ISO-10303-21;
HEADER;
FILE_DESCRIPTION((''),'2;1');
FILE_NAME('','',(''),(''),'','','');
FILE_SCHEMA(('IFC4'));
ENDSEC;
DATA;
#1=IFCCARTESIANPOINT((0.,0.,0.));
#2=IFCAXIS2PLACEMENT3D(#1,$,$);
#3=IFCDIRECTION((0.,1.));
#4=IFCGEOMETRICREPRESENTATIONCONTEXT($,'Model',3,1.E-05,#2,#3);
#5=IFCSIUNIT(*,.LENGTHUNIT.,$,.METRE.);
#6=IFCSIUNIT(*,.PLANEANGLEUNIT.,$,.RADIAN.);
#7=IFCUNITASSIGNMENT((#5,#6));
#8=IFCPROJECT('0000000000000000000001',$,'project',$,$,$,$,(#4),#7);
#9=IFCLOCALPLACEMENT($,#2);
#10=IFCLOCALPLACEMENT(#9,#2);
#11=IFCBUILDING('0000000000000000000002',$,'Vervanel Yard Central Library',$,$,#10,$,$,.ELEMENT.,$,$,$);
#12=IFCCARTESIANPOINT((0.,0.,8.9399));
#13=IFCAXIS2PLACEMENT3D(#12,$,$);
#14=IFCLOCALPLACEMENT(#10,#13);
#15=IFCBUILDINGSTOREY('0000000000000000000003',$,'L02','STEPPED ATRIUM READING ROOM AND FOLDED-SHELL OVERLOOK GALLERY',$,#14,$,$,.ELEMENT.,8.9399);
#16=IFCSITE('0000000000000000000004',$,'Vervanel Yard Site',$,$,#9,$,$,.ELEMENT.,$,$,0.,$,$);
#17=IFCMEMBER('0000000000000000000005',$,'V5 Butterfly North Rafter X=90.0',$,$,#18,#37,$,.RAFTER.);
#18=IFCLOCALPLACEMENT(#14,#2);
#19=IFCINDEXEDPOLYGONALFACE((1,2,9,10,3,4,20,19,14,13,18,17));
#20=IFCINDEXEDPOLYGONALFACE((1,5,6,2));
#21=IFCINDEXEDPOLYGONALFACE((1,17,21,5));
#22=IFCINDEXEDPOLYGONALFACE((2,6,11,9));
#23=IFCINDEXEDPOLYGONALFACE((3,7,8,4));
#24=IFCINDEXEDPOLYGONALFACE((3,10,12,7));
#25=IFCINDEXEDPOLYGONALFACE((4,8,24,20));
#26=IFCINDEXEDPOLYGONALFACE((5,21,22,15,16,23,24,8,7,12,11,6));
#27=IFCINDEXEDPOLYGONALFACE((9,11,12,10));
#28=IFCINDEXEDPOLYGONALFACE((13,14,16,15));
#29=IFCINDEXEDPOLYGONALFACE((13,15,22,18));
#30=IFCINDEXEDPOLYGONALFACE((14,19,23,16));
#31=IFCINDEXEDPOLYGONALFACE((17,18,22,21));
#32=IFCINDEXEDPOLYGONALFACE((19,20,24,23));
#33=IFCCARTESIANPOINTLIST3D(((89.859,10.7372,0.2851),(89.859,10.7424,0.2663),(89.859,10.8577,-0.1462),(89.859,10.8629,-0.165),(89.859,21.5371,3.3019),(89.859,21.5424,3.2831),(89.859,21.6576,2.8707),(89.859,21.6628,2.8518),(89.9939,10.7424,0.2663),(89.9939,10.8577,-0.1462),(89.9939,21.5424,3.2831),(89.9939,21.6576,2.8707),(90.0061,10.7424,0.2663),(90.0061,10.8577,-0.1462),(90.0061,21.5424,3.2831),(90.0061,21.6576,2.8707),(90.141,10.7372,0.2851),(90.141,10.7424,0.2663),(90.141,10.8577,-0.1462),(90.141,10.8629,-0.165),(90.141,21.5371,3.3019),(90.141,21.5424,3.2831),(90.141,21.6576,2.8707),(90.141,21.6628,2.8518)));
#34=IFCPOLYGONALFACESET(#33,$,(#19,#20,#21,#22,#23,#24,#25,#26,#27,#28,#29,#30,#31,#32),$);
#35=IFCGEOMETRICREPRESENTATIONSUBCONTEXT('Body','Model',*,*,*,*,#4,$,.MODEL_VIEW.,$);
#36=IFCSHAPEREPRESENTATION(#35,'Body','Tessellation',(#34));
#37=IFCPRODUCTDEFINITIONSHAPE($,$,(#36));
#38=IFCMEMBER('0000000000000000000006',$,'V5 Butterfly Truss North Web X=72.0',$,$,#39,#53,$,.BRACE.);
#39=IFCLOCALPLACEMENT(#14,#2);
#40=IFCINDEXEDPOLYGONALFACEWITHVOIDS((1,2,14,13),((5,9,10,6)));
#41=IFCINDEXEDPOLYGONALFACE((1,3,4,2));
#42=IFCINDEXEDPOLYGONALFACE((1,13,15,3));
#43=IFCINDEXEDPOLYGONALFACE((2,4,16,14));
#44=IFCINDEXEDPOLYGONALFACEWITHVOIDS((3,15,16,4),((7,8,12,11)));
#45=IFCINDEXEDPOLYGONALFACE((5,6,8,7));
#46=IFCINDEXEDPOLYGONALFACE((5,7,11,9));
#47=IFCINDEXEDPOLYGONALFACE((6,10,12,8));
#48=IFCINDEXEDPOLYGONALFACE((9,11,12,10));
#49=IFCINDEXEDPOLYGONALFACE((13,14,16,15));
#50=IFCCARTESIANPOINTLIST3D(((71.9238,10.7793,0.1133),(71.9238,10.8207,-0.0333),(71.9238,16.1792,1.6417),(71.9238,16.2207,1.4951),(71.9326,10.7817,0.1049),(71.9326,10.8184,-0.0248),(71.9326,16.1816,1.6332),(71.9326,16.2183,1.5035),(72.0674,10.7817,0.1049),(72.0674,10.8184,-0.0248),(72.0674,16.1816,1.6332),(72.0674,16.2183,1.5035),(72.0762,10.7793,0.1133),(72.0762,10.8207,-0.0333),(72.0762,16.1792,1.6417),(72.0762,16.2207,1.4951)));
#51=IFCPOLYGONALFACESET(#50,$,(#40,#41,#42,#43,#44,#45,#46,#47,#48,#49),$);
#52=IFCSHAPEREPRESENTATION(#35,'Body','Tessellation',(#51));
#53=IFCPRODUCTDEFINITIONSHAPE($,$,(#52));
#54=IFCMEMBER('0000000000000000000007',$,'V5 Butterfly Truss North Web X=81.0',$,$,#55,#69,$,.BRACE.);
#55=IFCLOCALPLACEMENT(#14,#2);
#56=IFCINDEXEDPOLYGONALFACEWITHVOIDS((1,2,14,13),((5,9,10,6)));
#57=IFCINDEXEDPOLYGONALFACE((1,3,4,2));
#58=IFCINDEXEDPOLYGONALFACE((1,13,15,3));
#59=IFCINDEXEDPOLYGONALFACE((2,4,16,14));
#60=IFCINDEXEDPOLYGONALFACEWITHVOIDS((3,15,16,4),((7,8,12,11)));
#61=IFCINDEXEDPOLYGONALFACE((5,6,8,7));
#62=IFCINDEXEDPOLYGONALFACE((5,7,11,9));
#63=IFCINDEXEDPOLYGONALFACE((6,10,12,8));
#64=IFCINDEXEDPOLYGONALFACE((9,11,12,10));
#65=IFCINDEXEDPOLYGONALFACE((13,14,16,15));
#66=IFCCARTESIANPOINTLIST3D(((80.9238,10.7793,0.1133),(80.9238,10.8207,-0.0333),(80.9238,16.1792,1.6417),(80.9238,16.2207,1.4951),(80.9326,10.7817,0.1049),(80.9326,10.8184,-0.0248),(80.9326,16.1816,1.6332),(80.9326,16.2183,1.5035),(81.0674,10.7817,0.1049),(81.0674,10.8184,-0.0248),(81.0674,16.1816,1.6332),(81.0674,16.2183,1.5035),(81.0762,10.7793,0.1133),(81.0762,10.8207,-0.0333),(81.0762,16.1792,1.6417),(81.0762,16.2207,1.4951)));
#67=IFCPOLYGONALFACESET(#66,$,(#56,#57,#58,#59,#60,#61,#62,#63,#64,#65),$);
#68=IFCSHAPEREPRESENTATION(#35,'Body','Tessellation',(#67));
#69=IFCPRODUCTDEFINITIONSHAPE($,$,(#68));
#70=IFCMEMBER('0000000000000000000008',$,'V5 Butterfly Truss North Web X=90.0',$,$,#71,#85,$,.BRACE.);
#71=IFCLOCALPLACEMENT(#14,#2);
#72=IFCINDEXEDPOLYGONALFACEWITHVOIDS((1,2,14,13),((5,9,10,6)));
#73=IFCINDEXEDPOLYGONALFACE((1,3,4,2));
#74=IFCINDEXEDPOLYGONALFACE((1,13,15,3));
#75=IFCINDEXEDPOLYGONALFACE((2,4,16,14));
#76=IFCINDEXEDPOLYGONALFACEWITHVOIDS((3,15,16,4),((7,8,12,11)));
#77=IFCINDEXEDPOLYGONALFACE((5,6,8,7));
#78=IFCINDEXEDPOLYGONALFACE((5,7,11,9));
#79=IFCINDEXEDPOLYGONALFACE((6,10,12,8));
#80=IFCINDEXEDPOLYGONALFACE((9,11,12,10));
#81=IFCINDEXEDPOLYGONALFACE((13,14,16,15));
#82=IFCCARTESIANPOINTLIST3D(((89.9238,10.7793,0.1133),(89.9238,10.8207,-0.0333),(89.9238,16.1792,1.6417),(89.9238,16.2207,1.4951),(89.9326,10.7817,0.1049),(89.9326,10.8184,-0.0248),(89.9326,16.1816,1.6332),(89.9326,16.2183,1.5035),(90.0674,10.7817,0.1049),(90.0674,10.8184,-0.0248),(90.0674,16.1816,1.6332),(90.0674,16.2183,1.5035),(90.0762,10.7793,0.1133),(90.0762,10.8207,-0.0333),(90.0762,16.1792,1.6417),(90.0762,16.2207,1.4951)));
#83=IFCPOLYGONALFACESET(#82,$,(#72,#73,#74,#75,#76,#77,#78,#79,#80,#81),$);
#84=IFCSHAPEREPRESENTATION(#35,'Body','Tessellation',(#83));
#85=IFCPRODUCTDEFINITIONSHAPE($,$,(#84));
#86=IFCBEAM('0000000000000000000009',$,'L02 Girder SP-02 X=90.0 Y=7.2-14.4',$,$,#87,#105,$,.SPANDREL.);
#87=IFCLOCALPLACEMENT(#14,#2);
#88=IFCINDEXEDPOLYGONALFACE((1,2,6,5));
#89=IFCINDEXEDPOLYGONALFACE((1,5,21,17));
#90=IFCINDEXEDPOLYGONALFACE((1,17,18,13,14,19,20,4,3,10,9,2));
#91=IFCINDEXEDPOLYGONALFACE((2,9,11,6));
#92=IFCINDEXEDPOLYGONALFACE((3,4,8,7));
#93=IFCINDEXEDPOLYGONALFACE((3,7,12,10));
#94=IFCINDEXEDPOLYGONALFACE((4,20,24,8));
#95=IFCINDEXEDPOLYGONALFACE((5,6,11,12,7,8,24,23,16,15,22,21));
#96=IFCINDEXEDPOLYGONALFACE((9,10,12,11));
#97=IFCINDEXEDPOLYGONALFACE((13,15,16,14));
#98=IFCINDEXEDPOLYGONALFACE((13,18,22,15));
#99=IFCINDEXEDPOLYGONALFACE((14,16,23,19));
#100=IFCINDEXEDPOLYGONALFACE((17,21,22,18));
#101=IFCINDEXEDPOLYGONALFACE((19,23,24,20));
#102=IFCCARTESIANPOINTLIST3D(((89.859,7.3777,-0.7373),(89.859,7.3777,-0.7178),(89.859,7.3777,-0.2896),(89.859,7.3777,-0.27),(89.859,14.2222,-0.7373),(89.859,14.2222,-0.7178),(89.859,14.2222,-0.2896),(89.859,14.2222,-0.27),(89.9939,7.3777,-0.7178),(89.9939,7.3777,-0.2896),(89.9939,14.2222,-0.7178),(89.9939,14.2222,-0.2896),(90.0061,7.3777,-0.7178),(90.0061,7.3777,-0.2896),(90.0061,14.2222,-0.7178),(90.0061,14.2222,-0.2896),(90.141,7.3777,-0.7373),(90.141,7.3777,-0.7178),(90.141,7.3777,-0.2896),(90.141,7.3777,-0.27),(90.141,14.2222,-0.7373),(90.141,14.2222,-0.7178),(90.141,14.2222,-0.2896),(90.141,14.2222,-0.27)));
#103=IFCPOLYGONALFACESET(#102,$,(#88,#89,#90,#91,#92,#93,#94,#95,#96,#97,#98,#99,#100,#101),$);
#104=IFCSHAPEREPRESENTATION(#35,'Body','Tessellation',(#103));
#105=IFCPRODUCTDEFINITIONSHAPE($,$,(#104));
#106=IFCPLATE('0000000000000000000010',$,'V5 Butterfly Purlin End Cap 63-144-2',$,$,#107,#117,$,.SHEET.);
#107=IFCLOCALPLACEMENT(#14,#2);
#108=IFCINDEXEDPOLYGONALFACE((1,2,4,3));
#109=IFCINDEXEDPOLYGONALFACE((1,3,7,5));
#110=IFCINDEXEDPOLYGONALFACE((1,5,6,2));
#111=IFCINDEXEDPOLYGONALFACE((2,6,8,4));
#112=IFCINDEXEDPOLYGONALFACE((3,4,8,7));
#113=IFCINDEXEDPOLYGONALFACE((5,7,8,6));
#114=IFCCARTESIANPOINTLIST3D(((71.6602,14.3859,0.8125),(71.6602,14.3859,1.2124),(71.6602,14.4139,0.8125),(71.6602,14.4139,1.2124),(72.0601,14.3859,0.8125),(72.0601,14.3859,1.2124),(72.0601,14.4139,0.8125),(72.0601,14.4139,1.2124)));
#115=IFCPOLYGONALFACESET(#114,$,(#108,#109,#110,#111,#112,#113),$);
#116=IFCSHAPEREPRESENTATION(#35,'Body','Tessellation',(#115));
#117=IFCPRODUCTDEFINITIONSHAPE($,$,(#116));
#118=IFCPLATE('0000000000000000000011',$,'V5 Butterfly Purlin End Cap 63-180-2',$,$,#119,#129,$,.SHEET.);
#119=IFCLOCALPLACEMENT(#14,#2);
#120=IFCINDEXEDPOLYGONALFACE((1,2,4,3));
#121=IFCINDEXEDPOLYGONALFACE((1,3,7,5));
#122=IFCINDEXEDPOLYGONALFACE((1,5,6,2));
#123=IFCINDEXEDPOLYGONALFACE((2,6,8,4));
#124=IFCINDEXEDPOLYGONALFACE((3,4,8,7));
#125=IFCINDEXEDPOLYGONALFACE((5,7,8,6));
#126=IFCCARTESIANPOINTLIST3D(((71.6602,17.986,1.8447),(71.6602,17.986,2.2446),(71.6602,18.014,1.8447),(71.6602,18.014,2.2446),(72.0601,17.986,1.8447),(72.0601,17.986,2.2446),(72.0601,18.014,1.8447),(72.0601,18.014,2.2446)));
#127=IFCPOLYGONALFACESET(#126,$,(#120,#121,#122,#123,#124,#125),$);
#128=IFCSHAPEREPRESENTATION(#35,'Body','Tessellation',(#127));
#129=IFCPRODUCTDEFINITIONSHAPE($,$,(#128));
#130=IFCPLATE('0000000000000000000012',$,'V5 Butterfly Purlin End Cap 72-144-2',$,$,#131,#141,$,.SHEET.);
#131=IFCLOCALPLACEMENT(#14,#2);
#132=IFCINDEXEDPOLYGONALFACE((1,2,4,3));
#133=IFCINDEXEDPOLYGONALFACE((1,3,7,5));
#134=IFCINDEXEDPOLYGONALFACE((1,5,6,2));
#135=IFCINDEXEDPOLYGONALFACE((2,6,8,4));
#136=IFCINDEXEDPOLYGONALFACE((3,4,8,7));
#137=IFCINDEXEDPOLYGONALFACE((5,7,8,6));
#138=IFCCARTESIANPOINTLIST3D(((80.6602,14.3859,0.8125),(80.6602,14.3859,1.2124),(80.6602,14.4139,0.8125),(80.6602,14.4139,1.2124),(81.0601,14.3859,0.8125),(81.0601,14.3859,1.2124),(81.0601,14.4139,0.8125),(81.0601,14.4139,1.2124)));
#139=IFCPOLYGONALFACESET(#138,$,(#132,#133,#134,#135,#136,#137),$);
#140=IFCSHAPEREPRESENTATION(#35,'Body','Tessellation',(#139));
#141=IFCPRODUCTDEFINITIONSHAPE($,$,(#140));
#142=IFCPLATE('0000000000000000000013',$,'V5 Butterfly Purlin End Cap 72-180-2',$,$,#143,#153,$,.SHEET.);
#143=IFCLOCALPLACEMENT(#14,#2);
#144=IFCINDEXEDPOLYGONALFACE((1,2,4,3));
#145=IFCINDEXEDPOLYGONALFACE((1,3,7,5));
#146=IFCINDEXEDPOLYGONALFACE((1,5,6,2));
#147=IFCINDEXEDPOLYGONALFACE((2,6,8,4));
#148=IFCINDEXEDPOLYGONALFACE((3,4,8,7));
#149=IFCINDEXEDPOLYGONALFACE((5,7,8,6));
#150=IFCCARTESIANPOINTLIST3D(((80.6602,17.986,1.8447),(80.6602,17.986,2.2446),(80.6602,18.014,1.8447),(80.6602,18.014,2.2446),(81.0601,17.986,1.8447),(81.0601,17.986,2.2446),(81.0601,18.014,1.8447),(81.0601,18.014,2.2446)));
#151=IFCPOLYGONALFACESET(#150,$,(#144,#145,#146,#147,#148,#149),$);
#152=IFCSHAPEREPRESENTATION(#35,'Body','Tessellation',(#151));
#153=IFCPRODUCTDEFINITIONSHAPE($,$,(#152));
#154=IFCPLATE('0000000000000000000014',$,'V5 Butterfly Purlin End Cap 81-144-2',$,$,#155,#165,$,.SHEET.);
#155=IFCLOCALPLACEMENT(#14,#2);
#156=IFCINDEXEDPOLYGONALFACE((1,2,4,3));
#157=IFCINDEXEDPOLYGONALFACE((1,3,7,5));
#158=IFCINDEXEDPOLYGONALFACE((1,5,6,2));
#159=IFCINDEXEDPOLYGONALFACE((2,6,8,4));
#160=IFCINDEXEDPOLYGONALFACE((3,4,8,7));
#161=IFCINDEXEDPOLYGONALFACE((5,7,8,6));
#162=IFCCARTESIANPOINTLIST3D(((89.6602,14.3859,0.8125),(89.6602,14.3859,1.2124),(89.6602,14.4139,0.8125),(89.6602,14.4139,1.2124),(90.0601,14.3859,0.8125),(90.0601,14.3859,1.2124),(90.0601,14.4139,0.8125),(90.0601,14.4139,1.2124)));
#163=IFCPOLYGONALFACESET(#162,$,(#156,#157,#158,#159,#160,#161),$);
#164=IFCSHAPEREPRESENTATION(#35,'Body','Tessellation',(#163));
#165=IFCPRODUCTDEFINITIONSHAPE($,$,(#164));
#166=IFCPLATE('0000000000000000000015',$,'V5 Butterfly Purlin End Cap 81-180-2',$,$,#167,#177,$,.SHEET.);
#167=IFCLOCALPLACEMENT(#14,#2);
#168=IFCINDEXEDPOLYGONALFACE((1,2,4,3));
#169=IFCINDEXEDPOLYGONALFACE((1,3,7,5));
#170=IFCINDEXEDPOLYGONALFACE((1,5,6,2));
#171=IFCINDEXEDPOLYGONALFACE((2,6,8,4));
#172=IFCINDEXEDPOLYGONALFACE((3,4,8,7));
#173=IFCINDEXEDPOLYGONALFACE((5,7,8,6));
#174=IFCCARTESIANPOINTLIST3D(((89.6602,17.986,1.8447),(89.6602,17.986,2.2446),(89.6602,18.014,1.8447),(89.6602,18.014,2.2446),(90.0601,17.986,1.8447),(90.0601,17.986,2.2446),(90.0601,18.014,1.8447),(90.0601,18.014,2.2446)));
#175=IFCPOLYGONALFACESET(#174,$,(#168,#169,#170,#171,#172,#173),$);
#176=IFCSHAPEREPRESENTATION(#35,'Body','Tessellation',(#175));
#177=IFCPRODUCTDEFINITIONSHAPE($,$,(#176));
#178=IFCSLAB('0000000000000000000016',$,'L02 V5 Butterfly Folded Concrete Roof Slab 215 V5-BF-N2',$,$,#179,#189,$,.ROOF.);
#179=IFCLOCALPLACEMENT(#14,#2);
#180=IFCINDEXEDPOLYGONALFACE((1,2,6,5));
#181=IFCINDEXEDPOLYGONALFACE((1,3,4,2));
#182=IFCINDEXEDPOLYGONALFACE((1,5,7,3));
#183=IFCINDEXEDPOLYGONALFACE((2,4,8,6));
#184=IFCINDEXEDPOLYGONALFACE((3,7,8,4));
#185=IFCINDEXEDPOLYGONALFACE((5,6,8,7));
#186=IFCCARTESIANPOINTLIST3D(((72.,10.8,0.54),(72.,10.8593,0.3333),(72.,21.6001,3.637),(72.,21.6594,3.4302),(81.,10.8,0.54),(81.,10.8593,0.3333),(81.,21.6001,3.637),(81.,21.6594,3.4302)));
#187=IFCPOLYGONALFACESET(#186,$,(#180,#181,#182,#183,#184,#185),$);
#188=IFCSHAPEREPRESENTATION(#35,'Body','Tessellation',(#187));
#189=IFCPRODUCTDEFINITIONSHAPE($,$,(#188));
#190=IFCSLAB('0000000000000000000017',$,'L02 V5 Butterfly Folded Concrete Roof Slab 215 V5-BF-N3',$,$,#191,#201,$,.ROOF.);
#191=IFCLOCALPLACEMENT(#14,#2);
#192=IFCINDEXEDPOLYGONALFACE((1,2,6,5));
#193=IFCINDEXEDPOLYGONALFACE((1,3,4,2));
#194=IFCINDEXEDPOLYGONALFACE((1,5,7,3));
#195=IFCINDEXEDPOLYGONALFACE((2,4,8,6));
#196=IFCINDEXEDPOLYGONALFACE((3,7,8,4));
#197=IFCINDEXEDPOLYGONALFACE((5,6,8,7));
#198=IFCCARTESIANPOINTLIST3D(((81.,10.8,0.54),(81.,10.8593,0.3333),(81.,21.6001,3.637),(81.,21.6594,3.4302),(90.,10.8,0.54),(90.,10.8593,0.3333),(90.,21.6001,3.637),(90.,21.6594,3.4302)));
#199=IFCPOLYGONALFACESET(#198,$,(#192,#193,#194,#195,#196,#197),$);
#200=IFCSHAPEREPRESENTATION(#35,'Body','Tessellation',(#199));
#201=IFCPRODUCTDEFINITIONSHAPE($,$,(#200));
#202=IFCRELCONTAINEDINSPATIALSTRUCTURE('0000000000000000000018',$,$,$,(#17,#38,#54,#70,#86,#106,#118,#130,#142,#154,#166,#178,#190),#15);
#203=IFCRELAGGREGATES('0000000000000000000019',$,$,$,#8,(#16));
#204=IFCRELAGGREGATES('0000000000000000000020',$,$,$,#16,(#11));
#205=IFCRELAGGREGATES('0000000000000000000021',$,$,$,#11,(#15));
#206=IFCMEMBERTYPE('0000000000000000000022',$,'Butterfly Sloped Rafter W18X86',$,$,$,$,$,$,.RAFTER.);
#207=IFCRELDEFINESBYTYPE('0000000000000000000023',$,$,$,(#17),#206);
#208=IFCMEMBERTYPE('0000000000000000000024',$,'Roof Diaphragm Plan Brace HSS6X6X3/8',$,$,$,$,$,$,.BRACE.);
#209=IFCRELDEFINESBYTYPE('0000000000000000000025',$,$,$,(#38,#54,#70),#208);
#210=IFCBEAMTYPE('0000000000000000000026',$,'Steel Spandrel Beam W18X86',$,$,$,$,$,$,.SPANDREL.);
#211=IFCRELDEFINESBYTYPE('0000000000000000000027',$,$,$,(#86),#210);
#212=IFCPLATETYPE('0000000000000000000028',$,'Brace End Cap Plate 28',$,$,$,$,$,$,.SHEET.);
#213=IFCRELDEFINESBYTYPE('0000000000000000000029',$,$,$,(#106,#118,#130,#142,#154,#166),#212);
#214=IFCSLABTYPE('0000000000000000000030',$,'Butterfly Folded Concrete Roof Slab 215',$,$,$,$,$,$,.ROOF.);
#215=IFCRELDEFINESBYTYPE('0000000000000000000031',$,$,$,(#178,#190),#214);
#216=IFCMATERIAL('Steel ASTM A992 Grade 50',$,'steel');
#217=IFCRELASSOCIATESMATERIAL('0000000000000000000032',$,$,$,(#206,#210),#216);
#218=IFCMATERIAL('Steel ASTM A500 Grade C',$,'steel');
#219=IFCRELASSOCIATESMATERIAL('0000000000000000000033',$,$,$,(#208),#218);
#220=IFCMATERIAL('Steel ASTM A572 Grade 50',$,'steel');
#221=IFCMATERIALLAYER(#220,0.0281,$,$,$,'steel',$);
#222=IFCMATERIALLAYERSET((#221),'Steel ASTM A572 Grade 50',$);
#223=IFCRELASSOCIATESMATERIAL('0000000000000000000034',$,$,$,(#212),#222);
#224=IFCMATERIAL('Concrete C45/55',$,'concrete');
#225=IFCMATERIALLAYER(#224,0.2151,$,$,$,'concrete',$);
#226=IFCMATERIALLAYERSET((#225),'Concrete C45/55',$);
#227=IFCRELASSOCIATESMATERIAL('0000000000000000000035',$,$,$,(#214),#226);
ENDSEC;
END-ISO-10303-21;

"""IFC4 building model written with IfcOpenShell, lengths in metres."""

from ifc_helpers import new_model, si_unit, direction, frame, origin, origin_2d, place, context, subcontext, project, spatial, polyline, rectangle, hollow_rectangle, i_section, outline, extrude, material, layer, layer_set, material_profile, profile_set, type_object, element, save


model = new_model("IFC4")

# Units and contexts
model_context = context("Model", 3, precision=1e-05, world=origin(), true_north=direction((0.0, 1.0)))
body_context = subcontext(model_context, "Body", "Model", "MODEL_VIEW")
ifc_project = project(units=[si_unit("LENGTHUNIT", "METRE"), si_unit("PLANEANGLEUNIT", "RADIAN")], contexts=[model_context])

# Site, building, storey
site_placement = place(None, origin())
site = spatial("IfcSite", under=ifc_project, at=site_placement, Name="Vervanel Yard Site", CompositionType="ELEMENT", RefElevation=0.0)
building_placement = place(site_placement, origin())
building = spatial("IfcBuilding", under=site, at=building_placement, Name="Vervanel Yard Central Library", CompositionType="ELEMENT")
storey_placement = place(building_placement, frame((0.0, 0.0, 8.9399)))
storey = spatial("IfcBuildingStorey", under=building, at=storey_placement, Name="L02", Description="STEPPED ATRIUM READING ROOM AND FOLDED-SHELL OVERLOOK GALLERY", CompositionType="ELEMENT", Elevation=8.9399)

# Shared definitions
ifc_material_1 = material(Name="Steel ASTM A992 Grade 50", Category="steel")

# Members
ifc_material_2 = material(Name="Steel ASTM A500 Grade C", Category="steel")
ifc_material_profile_1 = material_profile(ifc_material_1, i_section(OverallWidth=0.282, OverallDepth=0.4673, WebThickness=0.0122, FlangeThickness=0.0195, at=origin_2d()), Name="W18X86", Category="steel")
ifc_profile_set_1 = profile_set([ifc_material_profile_1], Name="Steel ASTM A992 Grade 50")
member_type_1 = type_object("IfcMemberType", Name="Butterfly Sloped Rafter W18X86", PredefinedType="RAFTER", material=ifc_profile_set_1)
for number, where, z_axis, x_axis, name in (
    (1, (90.0, 10.8, 0.0601), (0.0, 0.96313, 0.269037), (-1.0, 0.0, 0.0), "V5 Butterfly North Rafter X=90.0"),
):
    element("IfcMember", number, at=place(storey_placement, frame(where, z_axis=z_axis, x_axis=x_axis)), inside=storey, type_object=member_type_1, Name=name, PredefinedType="RAFTER", context=body_context, shape_type="SweptSolid", body=[
        extrude(i_section(OverallWidth=0.282, OverallDepth=0.4673, WebThickness=0.0122, FlangeThickness=0.0195, at=origin_2d()), origin(), (0.0, 0.0, 1.0), 11.2134),
    ])
ifc_material_profile_2 = material_profile(ifc_material_2, hollow_rectangle(XDim=0.1523, YDim=0.1523, WallThickness=0.0088, at=origin_2d()), Name="HSS6X6X3/8", Category="steel")
ifc_profile_set_2 = profile_set([ifc_material_profile_2], Name="Steel ASTM A500 Grade C")
member_type_2 = type_object("IfcMemberType", Name="Roof Diaphragm Plan Brace HSS6X6X3/8", PredefinedType="BRACE", material=ifc_profile_set_2)
for number, where, z_axis, x_axis, name in (
    (2, (72.0, 16.2, 1.5684), (0.0, -0.962204, -0.27233), (1.0, 0.0, 0.0), "V5 Butterfly Truss North Web X=72.0"),
    (3, (81.0, 16.2, 1.5684), (0.0, -0.962204, -0.27233), (1.0, 0.0, 0.0), "V5 Butterfly Truss North Web X=81.0"),
    (4, (90.0, 16.2, 1.5684), (0.0, -0.962204, -0.27233), (1.0, 0.0, 0.0), "V5 Butterfly Truss North Web X=90.0"),
):
    element("IfcMember", number, at=place(storey_placement, frame(where, z_axis=z_axis, x_axis=x_axis)), inside=storey, type_object=member_type_2, Name=name, PredefinedType="BRACE", context=body_context, shape_type="SweptSolid", body=[
        extrude(hollow_rectangle(XDim=0.1523, YDim=0.1523, WallThickness=0.0088, at=origin_2d()), origin(), (0.0, 0.0, 1.0), 5.6121),
    ])

# Beam
ifc_material_profile_3 = material_profile(ifc_material_1, i_section(OverallWidth=0.282, OverallDepth=0.4673, WebThickness=0.0122, FlangeThickness=0.0195, at=origin_2d()), Name="W18X86", Category="steel")
ifc_profile_set_3 = profile_set([ifc_material_profile_3], Name="Steel ASTM A992 Grade 50")
beam_type = type_object("IfcBeamType", Name="Steel Spandrel Beam W18X86", PredefinedType="SPANDREL", material=ifc_profile_set_3)
beam_placement = place(storey_placement, frame((90.0, 7.3777, -0.5037), z_axis=(0.0, 1.0, 0.0), x_axis=(-1.0, 0.0, 0.0)))
element("IfcBeam", 5, at=beam_placement, inside=storey, type_object=beam_type, Name="L02 Girder SP-02 X=90.0 Y=7.2-14.4", PredefinedType="SPANDREL", context=body_context, shape_type="SweptSolid", body=[
    extrude(i_section(OverallWidth=0.282, OverallDepth=0.4673, WebThickness=0.0122, FlangeThickness=0.0195, at=origin_2d()), origin(), (0.0, 0.0, 1.0), 6.8445),
])

# Plates
ifc_material_3 = material(Name="Steel ASTM A572 Grade 50", Category="steel")
ifc_layer_1 = layer(ifc_material_3, 0.0281, Category="steel")
ifc_layer_set_1 = layer_set([ifc_layer_1], Name="Steel ASTM A572 Grade 50")
plate_type = type_object("IfcPlateType", Name="Brace End Cap Plate 28", PredefinedType="SHEET", material=ifc_layer_set_1)
for number, where, z_axis, x_axis, name in (
    (6, (71.8601, 14.3999, 0.8125), (0.0, 0.0, 1.0), (1.0, 0.0, 0.0), "V5 Butterfly Purlin End Cap 63-144-2"),
    (7, (71.8601, 18.0, 1.8447), (0.0, 0.0, 1.0), (1.0, 0.0, 0.0), "V5 Butterfly Purlin End Cap 63-180-2"),
    (8, (80.8601, 14.3999, 0.8125), (0.0, 0.0, 1.0), (1.0, 0.0, 0.0), "V5 Butterfly Purlin End Cap 72-144-2"),
    (9, (80.8601, 18.0, 1.8447), (0.0, 0.0, 1.0), (1.0, 0.0, 0.0), "V5 Butterfly Purlin End Cap 72-180-2"),
    (10, (89.8601, 14.3999, 0.8125), (0.0, 0.0, 1.0), (1.0, 0.0, 0.0), "V5 Butterfly Purlin End Cap 81-144-2"),
    (11, (89.8601, 18.0, 1.8447), (0.0, 0.0, 1.0), (1.0, 0.0, 0.0), "V5 Butterfly Purlin End Cap 81-180-2"),
):
    element("IfcPlate", number, at=place(storey_placement, frame(where, z_axis=z_axis, x_axis=x_axis)), inside=storey, type_object=plate_type, Name=name, PredefinedType="SHEET", context=body_context, shape_type="SweptSolid", body=[
        extrude(rectangle(XDim=0.3999, YDim=0.0281, at=origin_2d()), origin(), (0.0, 0.0, 1.0), 0.3999),
    ])

# Slabs
ifc_material_4 = material(Name="Concrete C45/55", Category="concrete")
ifc_layer_2 = layer(ifc_material_4, 0.2151, Category="concrete")
ifc_layer_set_2 = layer_set([ifc_layer_2], Name="Concrete C45/55")
slab_type_1 = type_object("IfcSlabType", Name="Butterfly Folded Concrete Roof Slab 215", PredefinedType="ROOF", material=ifc_layer_set_2)
for number, where, z_axis, x_axis, name in (
    (12, (72.0, 10.8, 0.54), (0.0, -0.275642, 0.96126), (1.0, 0.0, 0.0), "L02 V5 Butterfly Folded Concrete Roof Slab 215 V5-BF-N2"),
    (13, (81.0, 10.8, 0.54), (0.0, -0.275642, 0.96126), (1.0, 0.0, 0.0), "L02 V5 Butterfly Folded Concrete Roof Slab 215 V5-BF-N3"),
):
    element("IfcSlab", number, at=place(storey_placement, frame(where, z_axis=z_axis, x_axis=x_axis)), inside=storey, type_object=slab_type_1, Name=name, PredefinedType="ROOF", context=body_context, shape_type="SweptSolid", body=[
        extrude(outline(polyline([(0.0, 0.0), (9.0, 0.0), (9.0, 11.2353), (0.0, 11.2353), (0.0, 0.0)])), origin(), (0.0, 0.0, -1.0), 0.2151),
    ])

save(model, "model.ifc")
